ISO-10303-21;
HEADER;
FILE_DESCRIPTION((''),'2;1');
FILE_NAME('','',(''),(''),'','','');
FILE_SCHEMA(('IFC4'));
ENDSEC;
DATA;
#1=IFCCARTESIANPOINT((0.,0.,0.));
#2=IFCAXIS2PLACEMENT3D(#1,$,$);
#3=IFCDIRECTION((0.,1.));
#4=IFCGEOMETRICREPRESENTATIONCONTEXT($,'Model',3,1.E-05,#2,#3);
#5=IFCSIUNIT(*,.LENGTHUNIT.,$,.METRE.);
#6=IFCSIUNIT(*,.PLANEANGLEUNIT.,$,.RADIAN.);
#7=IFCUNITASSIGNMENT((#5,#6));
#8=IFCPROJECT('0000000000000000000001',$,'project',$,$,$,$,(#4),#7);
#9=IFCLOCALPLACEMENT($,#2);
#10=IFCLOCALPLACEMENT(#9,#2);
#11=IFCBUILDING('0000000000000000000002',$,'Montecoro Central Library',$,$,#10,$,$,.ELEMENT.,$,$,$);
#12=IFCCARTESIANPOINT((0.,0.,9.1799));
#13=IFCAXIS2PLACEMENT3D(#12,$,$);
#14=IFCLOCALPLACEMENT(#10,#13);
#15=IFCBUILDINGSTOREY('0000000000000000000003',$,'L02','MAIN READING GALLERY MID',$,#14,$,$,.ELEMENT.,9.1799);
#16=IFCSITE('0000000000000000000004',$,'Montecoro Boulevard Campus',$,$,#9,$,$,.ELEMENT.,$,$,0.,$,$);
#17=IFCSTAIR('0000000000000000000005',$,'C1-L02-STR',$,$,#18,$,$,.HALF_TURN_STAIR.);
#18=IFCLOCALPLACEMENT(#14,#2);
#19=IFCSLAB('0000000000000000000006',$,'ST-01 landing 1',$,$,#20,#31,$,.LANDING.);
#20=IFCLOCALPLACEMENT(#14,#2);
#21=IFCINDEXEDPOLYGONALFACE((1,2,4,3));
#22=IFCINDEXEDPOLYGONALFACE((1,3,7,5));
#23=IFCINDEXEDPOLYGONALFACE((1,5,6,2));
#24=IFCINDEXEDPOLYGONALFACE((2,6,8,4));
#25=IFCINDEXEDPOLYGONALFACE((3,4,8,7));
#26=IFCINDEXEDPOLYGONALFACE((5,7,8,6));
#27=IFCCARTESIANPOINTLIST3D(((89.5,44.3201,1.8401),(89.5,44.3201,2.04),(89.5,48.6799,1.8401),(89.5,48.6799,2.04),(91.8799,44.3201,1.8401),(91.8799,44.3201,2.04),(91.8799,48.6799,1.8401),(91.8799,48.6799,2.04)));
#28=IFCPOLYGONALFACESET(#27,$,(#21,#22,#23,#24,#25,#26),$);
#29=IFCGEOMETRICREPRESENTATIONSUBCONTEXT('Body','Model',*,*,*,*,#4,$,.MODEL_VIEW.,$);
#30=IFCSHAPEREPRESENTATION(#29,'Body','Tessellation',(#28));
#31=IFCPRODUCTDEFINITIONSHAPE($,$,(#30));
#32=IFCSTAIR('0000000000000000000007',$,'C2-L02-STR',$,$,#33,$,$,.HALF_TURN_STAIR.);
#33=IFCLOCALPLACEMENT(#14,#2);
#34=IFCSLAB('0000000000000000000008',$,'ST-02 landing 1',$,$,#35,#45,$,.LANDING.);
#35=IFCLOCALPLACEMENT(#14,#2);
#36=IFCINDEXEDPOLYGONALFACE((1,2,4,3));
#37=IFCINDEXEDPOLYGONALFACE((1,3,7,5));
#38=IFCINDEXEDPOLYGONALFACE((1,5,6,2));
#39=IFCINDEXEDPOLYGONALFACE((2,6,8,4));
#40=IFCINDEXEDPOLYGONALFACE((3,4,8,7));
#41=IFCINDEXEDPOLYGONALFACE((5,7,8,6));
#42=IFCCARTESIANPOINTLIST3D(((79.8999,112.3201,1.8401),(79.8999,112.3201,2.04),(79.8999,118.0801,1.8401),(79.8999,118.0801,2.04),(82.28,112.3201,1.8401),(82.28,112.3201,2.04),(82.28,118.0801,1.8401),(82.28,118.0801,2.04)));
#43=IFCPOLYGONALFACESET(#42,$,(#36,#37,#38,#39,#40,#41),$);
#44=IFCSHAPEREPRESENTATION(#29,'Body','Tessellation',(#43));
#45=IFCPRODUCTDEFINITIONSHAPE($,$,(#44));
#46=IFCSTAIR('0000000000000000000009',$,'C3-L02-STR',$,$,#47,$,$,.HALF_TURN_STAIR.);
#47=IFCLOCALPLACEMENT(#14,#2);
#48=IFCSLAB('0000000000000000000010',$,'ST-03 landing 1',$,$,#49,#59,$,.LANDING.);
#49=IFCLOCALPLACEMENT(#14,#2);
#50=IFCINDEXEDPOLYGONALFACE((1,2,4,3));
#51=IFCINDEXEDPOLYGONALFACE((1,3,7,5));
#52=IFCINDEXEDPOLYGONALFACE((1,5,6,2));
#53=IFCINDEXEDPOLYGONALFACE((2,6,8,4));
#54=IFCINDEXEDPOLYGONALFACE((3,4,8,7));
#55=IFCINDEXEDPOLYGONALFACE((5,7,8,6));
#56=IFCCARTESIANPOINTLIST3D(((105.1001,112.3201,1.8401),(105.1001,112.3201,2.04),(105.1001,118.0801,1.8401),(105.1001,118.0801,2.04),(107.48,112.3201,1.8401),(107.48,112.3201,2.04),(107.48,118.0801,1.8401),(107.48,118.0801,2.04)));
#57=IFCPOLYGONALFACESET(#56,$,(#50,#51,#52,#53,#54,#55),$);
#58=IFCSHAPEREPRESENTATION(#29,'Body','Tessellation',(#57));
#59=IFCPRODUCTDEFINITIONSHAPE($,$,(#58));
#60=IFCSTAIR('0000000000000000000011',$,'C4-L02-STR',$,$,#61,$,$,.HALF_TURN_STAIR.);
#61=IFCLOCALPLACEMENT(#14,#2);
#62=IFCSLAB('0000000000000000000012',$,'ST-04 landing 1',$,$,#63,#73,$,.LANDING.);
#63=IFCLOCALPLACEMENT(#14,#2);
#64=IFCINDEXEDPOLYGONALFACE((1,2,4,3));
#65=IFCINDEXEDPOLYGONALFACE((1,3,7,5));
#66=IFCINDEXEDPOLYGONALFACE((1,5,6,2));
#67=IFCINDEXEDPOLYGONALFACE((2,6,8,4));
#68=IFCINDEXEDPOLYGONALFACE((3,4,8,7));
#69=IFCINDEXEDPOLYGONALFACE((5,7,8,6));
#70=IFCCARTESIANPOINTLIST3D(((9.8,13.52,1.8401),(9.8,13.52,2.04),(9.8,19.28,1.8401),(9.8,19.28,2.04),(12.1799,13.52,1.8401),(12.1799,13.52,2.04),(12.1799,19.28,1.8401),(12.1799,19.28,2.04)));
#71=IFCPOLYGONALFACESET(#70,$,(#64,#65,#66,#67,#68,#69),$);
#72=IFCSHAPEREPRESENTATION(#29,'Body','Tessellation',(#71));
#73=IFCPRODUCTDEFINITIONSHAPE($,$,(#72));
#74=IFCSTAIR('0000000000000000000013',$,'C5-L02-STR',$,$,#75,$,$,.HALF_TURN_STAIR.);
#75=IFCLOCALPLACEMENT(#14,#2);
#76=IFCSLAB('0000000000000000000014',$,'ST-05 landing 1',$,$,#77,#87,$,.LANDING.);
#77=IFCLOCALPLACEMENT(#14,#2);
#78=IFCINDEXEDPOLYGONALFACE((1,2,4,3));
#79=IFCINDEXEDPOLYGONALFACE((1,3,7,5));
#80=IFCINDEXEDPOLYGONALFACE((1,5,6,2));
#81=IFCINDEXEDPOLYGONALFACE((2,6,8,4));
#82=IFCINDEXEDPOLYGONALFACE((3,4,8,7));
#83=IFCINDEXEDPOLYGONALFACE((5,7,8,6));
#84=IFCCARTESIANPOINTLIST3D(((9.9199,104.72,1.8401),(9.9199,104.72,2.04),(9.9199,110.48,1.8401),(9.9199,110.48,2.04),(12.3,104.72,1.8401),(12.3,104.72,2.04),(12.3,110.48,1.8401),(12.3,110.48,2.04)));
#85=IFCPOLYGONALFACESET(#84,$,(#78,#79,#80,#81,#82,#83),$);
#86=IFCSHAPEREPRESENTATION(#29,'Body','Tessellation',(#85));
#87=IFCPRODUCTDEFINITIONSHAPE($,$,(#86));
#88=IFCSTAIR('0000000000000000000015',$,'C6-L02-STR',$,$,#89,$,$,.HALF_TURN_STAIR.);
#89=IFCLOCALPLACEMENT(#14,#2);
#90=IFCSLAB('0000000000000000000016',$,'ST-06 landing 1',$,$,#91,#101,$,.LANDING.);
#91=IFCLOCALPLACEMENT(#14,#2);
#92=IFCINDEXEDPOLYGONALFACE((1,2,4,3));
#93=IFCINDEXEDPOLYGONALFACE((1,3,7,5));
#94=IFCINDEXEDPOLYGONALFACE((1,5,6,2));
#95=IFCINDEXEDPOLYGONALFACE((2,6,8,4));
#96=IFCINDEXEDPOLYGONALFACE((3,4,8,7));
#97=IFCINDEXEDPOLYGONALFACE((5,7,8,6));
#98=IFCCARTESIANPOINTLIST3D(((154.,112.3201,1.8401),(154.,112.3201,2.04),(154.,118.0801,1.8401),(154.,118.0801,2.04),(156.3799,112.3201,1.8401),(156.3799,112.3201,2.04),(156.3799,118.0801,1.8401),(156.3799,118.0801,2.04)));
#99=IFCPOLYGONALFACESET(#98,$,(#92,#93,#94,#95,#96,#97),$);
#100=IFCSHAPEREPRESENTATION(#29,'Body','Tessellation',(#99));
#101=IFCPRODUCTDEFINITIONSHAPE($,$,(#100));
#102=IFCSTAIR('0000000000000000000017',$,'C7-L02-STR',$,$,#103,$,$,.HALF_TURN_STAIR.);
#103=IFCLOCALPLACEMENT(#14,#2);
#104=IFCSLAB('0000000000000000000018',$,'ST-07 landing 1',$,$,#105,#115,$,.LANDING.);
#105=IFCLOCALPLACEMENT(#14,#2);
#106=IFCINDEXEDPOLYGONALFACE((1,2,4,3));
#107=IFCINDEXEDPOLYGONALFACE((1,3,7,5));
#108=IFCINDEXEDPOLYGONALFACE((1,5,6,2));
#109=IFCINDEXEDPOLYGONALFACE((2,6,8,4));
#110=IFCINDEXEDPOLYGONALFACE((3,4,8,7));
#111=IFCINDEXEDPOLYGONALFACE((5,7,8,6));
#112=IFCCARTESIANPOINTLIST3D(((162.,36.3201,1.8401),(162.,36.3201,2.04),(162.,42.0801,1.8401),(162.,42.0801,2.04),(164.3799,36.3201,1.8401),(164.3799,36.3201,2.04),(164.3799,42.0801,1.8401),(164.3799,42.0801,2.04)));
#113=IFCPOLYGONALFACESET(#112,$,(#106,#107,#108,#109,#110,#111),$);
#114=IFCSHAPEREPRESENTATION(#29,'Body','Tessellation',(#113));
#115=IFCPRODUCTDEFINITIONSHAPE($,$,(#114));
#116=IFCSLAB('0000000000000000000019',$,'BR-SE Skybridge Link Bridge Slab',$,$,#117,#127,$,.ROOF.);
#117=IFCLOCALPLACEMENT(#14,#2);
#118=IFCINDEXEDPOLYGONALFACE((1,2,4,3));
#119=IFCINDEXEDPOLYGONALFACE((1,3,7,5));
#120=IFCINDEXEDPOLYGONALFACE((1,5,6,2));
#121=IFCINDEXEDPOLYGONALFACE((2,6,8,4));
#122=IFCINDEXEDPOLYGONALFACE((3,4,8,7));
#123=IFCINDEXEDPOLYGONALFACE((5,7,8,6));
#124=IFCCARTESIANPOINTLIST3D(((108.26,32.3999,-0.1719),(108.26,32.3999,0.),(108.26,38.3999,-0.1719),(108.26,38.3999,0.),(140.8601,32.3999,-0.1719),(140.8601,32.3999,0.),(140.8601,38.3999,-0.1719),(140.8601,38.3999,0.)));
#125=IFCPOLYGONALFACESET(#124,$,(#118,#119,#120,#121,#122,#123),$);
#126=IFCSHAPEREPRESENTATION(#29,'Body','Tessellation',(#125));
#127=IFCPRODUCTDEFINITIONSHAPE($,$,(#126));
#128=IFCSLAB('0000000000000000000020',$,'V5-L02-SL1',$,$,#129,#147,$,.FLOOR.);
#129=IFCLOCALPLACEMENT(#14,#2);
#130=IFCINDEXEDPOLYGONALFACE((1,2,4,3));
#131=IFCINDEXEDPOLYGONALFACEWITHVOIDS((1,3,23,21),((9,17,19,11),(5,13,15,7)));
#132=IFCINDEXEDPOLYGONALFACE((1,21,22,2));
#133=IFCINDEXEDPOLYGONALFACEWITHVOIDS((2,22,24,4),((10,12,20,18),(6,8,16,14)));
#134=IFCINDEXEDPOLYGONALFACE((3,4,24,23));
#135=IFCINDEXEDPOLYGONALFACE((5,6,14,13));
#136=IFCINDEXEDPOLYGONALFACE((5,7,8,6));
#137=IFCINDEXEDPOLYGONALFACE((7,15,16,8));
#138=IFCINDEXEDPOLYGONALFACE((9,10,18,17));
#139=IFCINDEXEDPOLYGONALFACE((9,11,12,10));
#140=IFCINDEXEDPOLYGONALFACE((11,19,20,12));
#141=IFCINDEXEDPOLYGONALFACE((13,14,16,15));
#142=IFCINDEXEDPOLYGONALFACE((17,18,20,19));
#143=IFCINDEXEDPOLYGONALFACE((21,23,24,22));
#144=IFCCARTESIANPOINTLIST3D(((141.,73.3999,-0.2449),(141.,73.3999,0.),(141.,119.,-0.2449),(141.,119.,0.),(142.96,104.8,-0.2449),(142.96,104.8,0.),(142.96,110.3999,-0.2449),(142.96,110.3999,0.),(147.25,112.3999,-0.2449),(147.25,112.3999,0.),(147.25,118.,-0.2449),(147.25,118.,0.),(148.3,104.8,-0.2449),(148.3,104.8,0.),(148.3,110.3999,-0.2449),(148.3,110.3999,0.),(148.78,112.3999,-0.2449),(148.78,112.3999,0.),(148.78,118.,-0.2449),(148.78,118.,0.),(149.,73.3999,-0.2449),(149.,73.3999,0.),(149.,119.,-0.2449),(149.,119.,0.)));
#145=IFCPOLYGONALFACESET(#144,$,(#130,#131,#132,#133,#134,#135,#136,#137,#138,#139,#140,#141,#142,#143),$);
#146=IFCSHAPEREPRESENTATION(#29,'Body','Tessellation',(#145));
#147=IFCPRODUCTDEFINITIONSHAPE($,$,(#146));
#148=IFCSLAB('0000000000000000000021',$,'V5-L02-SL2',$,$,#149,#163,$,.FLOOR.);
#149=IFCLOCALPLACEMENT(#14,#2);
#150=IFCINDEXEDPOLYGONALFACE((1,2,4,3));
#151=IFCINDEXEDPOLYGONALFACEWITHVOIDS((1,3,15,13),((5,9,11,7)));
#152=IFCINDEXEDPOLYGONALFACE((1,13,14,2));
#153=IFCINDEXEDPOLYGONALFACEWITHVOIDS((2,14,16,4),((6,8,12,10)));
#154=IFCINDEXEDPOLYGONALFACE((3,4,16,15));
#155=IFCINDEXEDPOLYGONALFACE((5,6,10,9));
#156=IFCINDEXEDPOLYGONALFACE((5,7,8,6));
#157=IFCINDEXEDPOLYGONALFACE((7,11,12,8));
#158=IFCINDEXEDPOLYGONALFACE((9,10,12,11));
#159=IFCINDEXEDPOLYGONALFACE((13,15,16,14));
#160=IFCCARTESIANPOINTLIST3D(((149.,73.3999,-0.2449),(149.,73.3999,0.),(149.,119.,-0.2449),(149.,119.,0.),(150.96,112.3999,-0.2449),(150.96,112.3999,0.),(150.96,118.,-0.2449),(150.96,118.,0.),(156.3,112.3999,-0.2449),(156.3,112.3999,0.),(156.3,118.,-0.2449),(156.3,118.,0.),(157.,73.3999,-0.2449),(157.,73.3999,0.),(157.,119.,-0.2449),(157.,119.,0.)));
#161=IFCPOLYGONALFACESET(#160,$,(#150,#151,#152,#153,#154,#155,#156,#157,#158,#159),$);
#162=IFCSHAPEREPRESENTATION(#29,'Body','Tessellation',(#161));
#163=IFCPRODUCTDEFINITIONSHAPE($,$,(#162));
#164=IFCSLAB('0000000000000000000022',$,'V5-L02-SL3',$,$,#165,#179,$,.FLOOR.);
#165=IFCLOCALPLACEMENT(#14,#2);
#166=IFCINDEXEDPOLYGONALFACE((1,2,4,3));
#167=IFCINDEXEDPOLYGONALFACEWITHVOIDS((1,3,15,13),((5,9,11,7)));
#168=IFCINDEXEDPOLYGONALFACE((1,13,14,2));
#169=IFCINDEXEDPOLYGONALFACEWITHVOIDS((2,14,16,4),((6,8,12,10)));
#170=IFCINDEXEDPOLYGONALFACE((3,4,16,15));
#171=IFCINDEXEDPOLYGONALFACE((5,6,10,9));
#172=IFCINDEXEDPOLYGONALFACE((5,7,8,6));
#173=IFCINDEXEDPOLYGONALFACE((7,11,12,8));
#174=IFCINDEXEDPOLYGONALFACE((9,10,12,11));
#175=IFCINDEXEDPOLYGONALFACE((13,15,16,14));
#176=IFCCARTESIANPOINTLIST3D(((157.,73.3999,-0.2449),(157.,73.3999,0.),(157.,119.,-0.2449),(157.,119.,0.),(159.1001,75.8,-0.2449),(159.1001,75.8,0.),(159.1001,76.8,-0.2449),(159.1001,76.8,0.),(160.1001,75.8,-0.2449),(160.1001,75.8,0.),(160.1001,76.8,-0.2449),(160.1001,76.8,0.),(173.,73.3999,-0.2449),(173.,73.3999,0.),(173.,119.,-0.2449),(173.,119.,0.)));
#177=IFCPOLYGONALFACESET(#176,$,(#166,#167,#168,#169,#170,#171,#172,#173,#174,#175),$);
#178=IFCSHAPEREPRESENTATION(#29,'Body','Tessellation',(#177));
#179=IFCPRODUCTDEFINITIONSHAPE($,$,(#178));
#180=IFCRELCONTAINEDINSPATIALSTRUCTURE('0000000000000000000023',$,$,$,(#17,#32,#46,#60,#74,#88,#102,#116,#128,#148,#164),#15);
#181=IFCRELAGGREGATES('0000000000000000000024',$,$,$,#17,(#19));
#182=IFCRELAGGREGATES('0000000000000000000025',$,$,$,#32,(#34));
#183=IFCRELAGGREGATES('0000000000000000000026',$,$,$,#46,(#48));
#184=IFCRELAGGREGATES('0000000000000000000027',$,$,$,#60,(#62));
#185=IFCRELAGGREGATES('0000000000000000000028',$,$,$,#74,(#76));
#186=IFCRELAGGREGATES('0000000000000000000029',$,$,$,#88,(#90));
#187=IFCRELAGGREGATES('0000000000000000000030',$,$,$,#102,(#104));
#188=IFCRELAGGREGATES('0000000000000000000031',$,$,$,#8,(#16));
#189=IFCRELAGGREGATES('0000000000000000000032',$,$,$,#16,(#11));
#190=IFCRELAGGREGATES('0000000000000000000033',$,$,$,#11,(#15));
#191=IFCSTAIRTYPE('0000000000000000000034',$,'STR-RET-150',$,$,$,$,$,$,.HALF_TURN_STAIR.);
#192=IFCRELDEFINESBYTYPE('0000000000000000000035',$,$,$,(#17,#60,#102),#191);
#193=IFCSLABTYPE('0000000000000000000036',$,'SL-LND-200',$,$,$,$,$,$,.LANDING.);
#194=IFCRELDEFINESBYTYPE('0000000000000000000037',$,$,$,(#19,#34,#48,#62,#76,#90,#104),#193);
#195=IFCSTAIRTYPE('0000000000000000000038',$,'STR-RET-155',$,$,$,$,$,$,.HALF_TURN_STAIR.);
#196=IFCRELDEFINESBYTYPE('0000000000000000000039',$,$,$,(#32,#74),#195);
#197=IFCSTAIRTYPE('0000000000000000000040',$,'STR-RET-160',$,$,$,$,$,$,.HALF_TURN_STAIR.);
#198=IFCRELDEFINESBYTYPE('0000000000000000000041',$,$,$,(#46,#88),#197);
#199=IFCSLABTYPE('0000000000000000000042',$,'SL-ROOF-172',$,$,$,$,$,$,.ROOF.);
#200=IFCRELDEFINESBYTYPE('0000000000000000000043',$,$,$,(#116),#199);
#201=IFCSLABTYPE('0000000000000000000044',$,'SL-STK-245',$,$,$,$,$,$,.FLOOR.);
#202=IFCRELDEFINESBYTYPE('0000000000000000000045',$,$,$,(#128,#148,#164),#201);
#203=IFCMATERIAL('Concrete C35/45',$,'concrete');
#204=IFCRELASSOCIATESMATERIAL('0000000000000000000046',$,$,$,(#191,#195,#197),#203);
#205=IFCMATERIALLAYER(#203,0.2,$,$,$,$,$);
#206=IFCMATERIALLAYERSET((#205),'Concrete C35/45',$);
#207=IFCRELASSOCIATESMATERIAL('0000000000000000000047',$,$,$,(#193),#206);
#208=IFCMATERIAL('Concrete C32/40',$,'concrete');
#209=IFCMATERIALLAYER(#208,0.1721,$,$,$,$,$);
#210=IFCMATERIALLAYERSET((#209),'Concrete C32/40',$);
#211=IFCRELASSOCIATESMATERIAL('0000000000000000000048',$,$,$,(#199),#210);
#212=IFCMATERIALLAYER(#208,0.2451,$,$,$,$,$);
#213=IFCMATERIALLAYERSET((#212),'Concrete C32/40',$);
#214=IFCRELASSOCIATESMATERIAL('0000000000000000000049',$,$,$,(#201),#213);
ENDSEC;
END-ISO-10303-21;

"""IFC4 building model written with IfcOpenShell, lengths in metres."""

from ifc_helpers import new_model, si_unit, direction, frame, origin, place, context, subcontext, project, spatial, polyline, outline, extrude, material, layer, layer_set, type_object, element, aggregate, save


model = new_model("IFC4")

# Units and contexts
model_context = context("Model", 3, precision=1e-05, world=origin(), true_north=direction((0.0, 1.0)))
body_context = subcontext(model_context, "Body", "Model", "MODEL_VIEW")
ifc_project = project(units=[si_unit("LENGTHUNIT", "METRE"), si_unit("PLANEANGLEUNIT", "RADIAN")], contexts=[model_context])

# Site, building, storey
site_placement = place(None, origin())
site = spatial("IfcSite", under=ifc_project, at=site_placement, Name="Montecoro Boulevard Campus", CompositionType="ELEMENT", RefElevation=0.0)
building_placement = place(site_placement, origin())
building = spatial("IfcBuilding", under=site, at=building_placement, Name="Montecoro Central Library", CompositionType="ELEMENT")
storey_placement = place(building_placement, frame((0.0, 0.0, 9.1799)))
storey = spatial("IfcBuildingStorey", under=building, at=storey_placement, Name="L02", Description="MAIN READING GALLERY MID", CompositionType="ELEMENT", Elevation=9.1799)

# Shared definitions
ifc_material_1 = material(Name="Concrete C32/40", Category="concrete")

# Stairs, slabs
ifc_material_2 = material(Name="Concrete C35/45", Category="concrete")
stair_type_1 = type_object("IfcStairType", Name="STR-RET-150", PredefinedType="HALF_TURN_STAIR", material=ifc_material_2)
stair_1_placement = place(storey_placement, origin())
stair_1 = element("IfcStair", 1, at=stair_1_placement, inside=storey, type_object=stair_type_1, Name="C1-L02-STR", PredefinedType="HALF_TURN_STAIR")
ifc_layer_1 = layer(ifc_material_2, 0.2)
ifc_layer_set_1 = layer_set([ifc_layer_1], Name="Concrete C35/45")
slab_type_1 = type_object("IfcSlabType", Name="SL-LND-200", PredefinedType="LANDING", material=ifc_layer_set_1)
slab_1_placement = place(storey_placement, frame((0.0, 0.0, 1.8401)))
slab_1 = element("IfcSlab", 2, at=slab_1_placement, type_object=slab_type_1, Name="ST-01 landing 1", PredefinedType="LANDING", context=body_context, shape_type="SweptSolid", body=[
    extrude(outline(polyline([(89.5, 44.3201), (91.8799, 44.3201), (91.8799, 48.6799), (89.5, 48.6799), (89.5, 44.3201)])), origin(), (0.0, 0.0, 1.0), 0.2),
])
aggregate(stair_1, [slab_1])
stair_type_2 = type_object("IfcStairType", Name="STR-RET-155", PredefinedType="HALF_TURN_STAIR", material=ifc_material_2)
stair_2_placement = place(storey_placement, origin())
stair_2 = element("IfcStair", 3, at=stair_2_placement, inside=storey, type_object=stair_type_2, Name="C2-L02-STR", PredefinedType="HALF_TURN_STAIR")
slab_2_placement = place(storey_placement, frame((0.0, 0.0, 1.8401)))
slab_2 = element("IfcSlab", 4, at=slab_2_placement, type_object=slab_type_1, Name="ST-02 landing 1", PredefinedType="LANDING", context=body_context, shape_type="SweptSolid", body=[
    extrude(outline(polyline([(79.8999, 112.3201), (82.28, 112.3201), (82.28, 118.0801), (79.8999, 118.0801), (79.8999, 112.3201)])), origin(), (0.0, 0.0, 1.0), 0.2),
])
aggregate(stair_2, [slab_2])
stair_type_3 = type_object("IfcStairType", Name="STR-RET-160", PredefinedType="HALF_TURN_STAIR", material=ifc_material_2)
stair_3_placement = place(storey_placement, origin())
stair_3 = element("IfcStair", 5, at=stair_3_placement, inside=storey, type_object=stair_type_3, Name="C3-L02-STR", PredefinedType="HALF_TURN_STAIR")
slab_3_placement = place(storey_placement, frame((0.0, 0.0, 1.8401)))
slab_3 = element("IfcSlab", 6, at=slab_3_placement, type_object=slab_type_1, Name="ST-03 landing 1", PredefinedType="LANDING", context=body_context, shape_type="SweptSolid", body=[
    extrude(outline(polyline([(105.1001, 112.3201), (107.48, 112.3201), (107.48, 118.0801), (105.1001, 118.0801), (105.1001, 112.3201)])), origin(), (0.0, 0.0, 1.0), 0.2),
])
aggregate(stair_3, [slab_3])
stair_4_placement = place(storey_placement, origin())
stair_4 = element("IfcStair", 7, at=stair_4_placement, inside=storey, type_object=stair_type_1, Name="C4-L02-STR", PredefinedType="HALF_TURN_STAIR")
slab_4_placement = place(storey_placement, frame((0.0, 0.0, 1.8401)))
slab_4 = element("IfcSlab", 8, at=slab_4_placement, type_object=slab_type_1, Name="ST-04 landing 1", PredefinedType="LANDING", context=body_context, shape_type="SweptSolid", body=[
    extrude(outline(polyline([(9.8, 13.52), (12.1799, 13.52), (12.1799, 19.28), (9.8, 19.28), (9.8, 13.52)])), origin(), (0.0, 0.0, 1.0), 0.2),
])
aggregate(stair_4, [slab_4])
stair_5_placement = place(storey_placement, origin())
stair_5 = element("IfcStair", 9, at=stair_5_placement, inside=storey, type_object=stair_type_2, Name="C5-L02-STR", PredefinedType="HALF_TURN_STAIR")
slab_5_placement = place(storey_placement, frame((0.0, 0.0, 1.8401)))
slab_5 = element("IfcSlab", 10, at=slab_5_placement, type_object=slab_type_1, Name="ST-05 landing 1", PredefinedType="LANDING", context=body_context, shape_type="SweptSolid", body=[
    extrude(outline(polyline([(9.9199, 104.72), (12.3, 104.72), (12.3, 110.48), (9.9199, 110.48), (9.9199, 104.72)])), origin(), (0.0, 0.0, 1.0), 0.2),
])
aggregate(stair_5, [slab_5])
stair_6_placement = place(storey_placement, origin())
stair_6 = element("IfcStair", 11, at=stair_6_placement, inside=storey, type_object=stair_type_3, Name="C6-L02-STR", PredefinedType="HALF_TURN_STAIR")
slab_6_placement = place(storey_placement, frame((0.0, 0.0, 1.8401)))
slab_6 = element("IfcSlab", 12, at=slab_6_placement, type_object=slab_type_1, Name="ST-06 landing 1", PredefinedType="LANDING", context=body_context, shape_type="SweptSolid", body=[
    extrude(outline(polyline([(154.0, 112.3201), (156.3799, 112.3201), (156.3799, 118.0801), (154.0, 118.0801), (154.0, 112.3201)])), origin(), (0.0, 0.0, 1.0), 0.2),
])
aggregate(stair_6, [slab_6])
stair_7_placement = place(storey_placement, origin())
stair_7 = element("IfcStair", 13, at=stair_7_placement, inside=storey, type_object=stair_type_1, Name="C7-L02-STR", PredefinedType="HALF_TURN_STAIR")
slab_7_placement = place(storey_placement, frame((0.0, 0.0, 1.8401)))
slab_7 = element("IfcSlab", 14, at=slab_7_placement, type_object=slab_type_1, Name="ST-07 landing 1", PredefinedType="LANDING", context=body_context, shape_type="SweptSolid", body=[
    extrude(outline(polyline([(162.0, 36.3201), (164.3799, 36.3201), (164.3799, 42.0801), (162.0, 42.0801), (162.0, 36.3201)])), origin(), (0.0, 0.0, 1.0), 0.2),
])
aggregate(stair_7, [slab_7])

# Slabs
ifc_layer_2 = layer(ifc_material_1, 0.1721)
ifc_layer_set_2 = layer_set([ifc_layer_2], Name="Concrete C32/40")
slab_type_2 = type_object("IfcSlabType", Name="SL-ROOF-172", PredefinedType="ROOF", material=ifc_layer_set_2)
slab_8_placement = place(storey_placement, frame((0.0, 0.0, -0.1719)))
element("IfcSlab", 15, at=slab_8_placement, inside=storey, type_object=slab_type_2, Name="BR-SE Skybridge Link Bridge Slab", PredefinedType="ROOF", context=body_context, shape_type="SweptSolid", body=[
    extrude(outline(polyline([(108.26, 32.3999), (140.8601, 32.3999), (140.8601, 38.3999), (108.26, 38.3999), (108.26, 32.3999)])), origin(), (0.0, 0.0, 1.0), 0.1719),
])
ifc_layer_3 = layer(ifc_material_1, 0.2451)
ifc_layer_set_3 = layer_set([ifc_layer_3], Name="Concrete C32/40")
slab_type_3 = type_object("IfcSlabType", Name="SL-STK-245", PredefinedType="FLOOR", material=ifc_layer_set_3)
slab_9_placement = place(storey_placement, frame((0.0, 0.0, -0.2449)))
element("IfcSlab", 16, at=slab_9_placement, inside=storey, type_object=slab_type_3, Name="V5-L02-SL1", PredefinedType="FLOOR", context=body_context, shape_type="SweptSolid", body=[
    extrude(outline(polyline([(141.0, 73.3999), (149.0, 73.3999), (149.0, 119.0), (141.0, 119.0), (141.0, 73.3999)]), holes=[polyline([(147.25, 118.0), (148.78, 118.0), (148.78, 112.3999), (147.25, 112.3999), (147.25, 118.0)]), polyline([(142.96, 110.3999), (148.3, 110.3999), (148.3, 104.8), (142.96, 104.8), (142.96, 110.3999)])]), origin(), (0.0, 0.0, 1.0), 0.2449),
])
slab_10_placement = place(storey_placement, frame((0.0, 0.0, -0.2449)))
element("IfcSlab", 17, at=slab_10_placement, inside=storey, type_object=slab_type_3, Name="V5-L02-SL2", PredefinedType="FLOOR", context=body_context, shape_type="SweptSolid", body=[
    extrude(outline(polyline([(149.0, 73.3999), (157.0, 73.3999), (157.0, 119.0), (149.0, 119.0), (149.0, 73.3999)]), holes=[polyline([(150.96, 118.0), (156.3, 118.0), (156.3, 112.3999), (150.96, 112.3999), (150.96, 118.0)])]), origin(), (0.0, 0.0, 1.0), 0.2449),
])
slab_11_placement = place(storey_placement, frame((0.0, 0.0, -0.2449)))
element("IfcSlab", 18, at=slab_11_placement, inside=storey, type_object=slab_type_3, Name="V5-L02-SL3", PredefinedType="FLOOR", context=body_context, shape_type="SweptSolid", body=[
    extrude(outline(polyline([(157.0, 73.3999), (173.0, 73.3999), (173.0, 119.0), (157.0, 119.0), (157.0, 73.3999)]), holes=[polyline([(159.1001, 76.8), (160.1001, 76.8), (160.1001, 75.8), (159.1001, 75.8), (159.1001, 76.8)])]), origin(), (0.0, 0.0, 1.0), 0.2449),
])

save(model, "model.ifc")
